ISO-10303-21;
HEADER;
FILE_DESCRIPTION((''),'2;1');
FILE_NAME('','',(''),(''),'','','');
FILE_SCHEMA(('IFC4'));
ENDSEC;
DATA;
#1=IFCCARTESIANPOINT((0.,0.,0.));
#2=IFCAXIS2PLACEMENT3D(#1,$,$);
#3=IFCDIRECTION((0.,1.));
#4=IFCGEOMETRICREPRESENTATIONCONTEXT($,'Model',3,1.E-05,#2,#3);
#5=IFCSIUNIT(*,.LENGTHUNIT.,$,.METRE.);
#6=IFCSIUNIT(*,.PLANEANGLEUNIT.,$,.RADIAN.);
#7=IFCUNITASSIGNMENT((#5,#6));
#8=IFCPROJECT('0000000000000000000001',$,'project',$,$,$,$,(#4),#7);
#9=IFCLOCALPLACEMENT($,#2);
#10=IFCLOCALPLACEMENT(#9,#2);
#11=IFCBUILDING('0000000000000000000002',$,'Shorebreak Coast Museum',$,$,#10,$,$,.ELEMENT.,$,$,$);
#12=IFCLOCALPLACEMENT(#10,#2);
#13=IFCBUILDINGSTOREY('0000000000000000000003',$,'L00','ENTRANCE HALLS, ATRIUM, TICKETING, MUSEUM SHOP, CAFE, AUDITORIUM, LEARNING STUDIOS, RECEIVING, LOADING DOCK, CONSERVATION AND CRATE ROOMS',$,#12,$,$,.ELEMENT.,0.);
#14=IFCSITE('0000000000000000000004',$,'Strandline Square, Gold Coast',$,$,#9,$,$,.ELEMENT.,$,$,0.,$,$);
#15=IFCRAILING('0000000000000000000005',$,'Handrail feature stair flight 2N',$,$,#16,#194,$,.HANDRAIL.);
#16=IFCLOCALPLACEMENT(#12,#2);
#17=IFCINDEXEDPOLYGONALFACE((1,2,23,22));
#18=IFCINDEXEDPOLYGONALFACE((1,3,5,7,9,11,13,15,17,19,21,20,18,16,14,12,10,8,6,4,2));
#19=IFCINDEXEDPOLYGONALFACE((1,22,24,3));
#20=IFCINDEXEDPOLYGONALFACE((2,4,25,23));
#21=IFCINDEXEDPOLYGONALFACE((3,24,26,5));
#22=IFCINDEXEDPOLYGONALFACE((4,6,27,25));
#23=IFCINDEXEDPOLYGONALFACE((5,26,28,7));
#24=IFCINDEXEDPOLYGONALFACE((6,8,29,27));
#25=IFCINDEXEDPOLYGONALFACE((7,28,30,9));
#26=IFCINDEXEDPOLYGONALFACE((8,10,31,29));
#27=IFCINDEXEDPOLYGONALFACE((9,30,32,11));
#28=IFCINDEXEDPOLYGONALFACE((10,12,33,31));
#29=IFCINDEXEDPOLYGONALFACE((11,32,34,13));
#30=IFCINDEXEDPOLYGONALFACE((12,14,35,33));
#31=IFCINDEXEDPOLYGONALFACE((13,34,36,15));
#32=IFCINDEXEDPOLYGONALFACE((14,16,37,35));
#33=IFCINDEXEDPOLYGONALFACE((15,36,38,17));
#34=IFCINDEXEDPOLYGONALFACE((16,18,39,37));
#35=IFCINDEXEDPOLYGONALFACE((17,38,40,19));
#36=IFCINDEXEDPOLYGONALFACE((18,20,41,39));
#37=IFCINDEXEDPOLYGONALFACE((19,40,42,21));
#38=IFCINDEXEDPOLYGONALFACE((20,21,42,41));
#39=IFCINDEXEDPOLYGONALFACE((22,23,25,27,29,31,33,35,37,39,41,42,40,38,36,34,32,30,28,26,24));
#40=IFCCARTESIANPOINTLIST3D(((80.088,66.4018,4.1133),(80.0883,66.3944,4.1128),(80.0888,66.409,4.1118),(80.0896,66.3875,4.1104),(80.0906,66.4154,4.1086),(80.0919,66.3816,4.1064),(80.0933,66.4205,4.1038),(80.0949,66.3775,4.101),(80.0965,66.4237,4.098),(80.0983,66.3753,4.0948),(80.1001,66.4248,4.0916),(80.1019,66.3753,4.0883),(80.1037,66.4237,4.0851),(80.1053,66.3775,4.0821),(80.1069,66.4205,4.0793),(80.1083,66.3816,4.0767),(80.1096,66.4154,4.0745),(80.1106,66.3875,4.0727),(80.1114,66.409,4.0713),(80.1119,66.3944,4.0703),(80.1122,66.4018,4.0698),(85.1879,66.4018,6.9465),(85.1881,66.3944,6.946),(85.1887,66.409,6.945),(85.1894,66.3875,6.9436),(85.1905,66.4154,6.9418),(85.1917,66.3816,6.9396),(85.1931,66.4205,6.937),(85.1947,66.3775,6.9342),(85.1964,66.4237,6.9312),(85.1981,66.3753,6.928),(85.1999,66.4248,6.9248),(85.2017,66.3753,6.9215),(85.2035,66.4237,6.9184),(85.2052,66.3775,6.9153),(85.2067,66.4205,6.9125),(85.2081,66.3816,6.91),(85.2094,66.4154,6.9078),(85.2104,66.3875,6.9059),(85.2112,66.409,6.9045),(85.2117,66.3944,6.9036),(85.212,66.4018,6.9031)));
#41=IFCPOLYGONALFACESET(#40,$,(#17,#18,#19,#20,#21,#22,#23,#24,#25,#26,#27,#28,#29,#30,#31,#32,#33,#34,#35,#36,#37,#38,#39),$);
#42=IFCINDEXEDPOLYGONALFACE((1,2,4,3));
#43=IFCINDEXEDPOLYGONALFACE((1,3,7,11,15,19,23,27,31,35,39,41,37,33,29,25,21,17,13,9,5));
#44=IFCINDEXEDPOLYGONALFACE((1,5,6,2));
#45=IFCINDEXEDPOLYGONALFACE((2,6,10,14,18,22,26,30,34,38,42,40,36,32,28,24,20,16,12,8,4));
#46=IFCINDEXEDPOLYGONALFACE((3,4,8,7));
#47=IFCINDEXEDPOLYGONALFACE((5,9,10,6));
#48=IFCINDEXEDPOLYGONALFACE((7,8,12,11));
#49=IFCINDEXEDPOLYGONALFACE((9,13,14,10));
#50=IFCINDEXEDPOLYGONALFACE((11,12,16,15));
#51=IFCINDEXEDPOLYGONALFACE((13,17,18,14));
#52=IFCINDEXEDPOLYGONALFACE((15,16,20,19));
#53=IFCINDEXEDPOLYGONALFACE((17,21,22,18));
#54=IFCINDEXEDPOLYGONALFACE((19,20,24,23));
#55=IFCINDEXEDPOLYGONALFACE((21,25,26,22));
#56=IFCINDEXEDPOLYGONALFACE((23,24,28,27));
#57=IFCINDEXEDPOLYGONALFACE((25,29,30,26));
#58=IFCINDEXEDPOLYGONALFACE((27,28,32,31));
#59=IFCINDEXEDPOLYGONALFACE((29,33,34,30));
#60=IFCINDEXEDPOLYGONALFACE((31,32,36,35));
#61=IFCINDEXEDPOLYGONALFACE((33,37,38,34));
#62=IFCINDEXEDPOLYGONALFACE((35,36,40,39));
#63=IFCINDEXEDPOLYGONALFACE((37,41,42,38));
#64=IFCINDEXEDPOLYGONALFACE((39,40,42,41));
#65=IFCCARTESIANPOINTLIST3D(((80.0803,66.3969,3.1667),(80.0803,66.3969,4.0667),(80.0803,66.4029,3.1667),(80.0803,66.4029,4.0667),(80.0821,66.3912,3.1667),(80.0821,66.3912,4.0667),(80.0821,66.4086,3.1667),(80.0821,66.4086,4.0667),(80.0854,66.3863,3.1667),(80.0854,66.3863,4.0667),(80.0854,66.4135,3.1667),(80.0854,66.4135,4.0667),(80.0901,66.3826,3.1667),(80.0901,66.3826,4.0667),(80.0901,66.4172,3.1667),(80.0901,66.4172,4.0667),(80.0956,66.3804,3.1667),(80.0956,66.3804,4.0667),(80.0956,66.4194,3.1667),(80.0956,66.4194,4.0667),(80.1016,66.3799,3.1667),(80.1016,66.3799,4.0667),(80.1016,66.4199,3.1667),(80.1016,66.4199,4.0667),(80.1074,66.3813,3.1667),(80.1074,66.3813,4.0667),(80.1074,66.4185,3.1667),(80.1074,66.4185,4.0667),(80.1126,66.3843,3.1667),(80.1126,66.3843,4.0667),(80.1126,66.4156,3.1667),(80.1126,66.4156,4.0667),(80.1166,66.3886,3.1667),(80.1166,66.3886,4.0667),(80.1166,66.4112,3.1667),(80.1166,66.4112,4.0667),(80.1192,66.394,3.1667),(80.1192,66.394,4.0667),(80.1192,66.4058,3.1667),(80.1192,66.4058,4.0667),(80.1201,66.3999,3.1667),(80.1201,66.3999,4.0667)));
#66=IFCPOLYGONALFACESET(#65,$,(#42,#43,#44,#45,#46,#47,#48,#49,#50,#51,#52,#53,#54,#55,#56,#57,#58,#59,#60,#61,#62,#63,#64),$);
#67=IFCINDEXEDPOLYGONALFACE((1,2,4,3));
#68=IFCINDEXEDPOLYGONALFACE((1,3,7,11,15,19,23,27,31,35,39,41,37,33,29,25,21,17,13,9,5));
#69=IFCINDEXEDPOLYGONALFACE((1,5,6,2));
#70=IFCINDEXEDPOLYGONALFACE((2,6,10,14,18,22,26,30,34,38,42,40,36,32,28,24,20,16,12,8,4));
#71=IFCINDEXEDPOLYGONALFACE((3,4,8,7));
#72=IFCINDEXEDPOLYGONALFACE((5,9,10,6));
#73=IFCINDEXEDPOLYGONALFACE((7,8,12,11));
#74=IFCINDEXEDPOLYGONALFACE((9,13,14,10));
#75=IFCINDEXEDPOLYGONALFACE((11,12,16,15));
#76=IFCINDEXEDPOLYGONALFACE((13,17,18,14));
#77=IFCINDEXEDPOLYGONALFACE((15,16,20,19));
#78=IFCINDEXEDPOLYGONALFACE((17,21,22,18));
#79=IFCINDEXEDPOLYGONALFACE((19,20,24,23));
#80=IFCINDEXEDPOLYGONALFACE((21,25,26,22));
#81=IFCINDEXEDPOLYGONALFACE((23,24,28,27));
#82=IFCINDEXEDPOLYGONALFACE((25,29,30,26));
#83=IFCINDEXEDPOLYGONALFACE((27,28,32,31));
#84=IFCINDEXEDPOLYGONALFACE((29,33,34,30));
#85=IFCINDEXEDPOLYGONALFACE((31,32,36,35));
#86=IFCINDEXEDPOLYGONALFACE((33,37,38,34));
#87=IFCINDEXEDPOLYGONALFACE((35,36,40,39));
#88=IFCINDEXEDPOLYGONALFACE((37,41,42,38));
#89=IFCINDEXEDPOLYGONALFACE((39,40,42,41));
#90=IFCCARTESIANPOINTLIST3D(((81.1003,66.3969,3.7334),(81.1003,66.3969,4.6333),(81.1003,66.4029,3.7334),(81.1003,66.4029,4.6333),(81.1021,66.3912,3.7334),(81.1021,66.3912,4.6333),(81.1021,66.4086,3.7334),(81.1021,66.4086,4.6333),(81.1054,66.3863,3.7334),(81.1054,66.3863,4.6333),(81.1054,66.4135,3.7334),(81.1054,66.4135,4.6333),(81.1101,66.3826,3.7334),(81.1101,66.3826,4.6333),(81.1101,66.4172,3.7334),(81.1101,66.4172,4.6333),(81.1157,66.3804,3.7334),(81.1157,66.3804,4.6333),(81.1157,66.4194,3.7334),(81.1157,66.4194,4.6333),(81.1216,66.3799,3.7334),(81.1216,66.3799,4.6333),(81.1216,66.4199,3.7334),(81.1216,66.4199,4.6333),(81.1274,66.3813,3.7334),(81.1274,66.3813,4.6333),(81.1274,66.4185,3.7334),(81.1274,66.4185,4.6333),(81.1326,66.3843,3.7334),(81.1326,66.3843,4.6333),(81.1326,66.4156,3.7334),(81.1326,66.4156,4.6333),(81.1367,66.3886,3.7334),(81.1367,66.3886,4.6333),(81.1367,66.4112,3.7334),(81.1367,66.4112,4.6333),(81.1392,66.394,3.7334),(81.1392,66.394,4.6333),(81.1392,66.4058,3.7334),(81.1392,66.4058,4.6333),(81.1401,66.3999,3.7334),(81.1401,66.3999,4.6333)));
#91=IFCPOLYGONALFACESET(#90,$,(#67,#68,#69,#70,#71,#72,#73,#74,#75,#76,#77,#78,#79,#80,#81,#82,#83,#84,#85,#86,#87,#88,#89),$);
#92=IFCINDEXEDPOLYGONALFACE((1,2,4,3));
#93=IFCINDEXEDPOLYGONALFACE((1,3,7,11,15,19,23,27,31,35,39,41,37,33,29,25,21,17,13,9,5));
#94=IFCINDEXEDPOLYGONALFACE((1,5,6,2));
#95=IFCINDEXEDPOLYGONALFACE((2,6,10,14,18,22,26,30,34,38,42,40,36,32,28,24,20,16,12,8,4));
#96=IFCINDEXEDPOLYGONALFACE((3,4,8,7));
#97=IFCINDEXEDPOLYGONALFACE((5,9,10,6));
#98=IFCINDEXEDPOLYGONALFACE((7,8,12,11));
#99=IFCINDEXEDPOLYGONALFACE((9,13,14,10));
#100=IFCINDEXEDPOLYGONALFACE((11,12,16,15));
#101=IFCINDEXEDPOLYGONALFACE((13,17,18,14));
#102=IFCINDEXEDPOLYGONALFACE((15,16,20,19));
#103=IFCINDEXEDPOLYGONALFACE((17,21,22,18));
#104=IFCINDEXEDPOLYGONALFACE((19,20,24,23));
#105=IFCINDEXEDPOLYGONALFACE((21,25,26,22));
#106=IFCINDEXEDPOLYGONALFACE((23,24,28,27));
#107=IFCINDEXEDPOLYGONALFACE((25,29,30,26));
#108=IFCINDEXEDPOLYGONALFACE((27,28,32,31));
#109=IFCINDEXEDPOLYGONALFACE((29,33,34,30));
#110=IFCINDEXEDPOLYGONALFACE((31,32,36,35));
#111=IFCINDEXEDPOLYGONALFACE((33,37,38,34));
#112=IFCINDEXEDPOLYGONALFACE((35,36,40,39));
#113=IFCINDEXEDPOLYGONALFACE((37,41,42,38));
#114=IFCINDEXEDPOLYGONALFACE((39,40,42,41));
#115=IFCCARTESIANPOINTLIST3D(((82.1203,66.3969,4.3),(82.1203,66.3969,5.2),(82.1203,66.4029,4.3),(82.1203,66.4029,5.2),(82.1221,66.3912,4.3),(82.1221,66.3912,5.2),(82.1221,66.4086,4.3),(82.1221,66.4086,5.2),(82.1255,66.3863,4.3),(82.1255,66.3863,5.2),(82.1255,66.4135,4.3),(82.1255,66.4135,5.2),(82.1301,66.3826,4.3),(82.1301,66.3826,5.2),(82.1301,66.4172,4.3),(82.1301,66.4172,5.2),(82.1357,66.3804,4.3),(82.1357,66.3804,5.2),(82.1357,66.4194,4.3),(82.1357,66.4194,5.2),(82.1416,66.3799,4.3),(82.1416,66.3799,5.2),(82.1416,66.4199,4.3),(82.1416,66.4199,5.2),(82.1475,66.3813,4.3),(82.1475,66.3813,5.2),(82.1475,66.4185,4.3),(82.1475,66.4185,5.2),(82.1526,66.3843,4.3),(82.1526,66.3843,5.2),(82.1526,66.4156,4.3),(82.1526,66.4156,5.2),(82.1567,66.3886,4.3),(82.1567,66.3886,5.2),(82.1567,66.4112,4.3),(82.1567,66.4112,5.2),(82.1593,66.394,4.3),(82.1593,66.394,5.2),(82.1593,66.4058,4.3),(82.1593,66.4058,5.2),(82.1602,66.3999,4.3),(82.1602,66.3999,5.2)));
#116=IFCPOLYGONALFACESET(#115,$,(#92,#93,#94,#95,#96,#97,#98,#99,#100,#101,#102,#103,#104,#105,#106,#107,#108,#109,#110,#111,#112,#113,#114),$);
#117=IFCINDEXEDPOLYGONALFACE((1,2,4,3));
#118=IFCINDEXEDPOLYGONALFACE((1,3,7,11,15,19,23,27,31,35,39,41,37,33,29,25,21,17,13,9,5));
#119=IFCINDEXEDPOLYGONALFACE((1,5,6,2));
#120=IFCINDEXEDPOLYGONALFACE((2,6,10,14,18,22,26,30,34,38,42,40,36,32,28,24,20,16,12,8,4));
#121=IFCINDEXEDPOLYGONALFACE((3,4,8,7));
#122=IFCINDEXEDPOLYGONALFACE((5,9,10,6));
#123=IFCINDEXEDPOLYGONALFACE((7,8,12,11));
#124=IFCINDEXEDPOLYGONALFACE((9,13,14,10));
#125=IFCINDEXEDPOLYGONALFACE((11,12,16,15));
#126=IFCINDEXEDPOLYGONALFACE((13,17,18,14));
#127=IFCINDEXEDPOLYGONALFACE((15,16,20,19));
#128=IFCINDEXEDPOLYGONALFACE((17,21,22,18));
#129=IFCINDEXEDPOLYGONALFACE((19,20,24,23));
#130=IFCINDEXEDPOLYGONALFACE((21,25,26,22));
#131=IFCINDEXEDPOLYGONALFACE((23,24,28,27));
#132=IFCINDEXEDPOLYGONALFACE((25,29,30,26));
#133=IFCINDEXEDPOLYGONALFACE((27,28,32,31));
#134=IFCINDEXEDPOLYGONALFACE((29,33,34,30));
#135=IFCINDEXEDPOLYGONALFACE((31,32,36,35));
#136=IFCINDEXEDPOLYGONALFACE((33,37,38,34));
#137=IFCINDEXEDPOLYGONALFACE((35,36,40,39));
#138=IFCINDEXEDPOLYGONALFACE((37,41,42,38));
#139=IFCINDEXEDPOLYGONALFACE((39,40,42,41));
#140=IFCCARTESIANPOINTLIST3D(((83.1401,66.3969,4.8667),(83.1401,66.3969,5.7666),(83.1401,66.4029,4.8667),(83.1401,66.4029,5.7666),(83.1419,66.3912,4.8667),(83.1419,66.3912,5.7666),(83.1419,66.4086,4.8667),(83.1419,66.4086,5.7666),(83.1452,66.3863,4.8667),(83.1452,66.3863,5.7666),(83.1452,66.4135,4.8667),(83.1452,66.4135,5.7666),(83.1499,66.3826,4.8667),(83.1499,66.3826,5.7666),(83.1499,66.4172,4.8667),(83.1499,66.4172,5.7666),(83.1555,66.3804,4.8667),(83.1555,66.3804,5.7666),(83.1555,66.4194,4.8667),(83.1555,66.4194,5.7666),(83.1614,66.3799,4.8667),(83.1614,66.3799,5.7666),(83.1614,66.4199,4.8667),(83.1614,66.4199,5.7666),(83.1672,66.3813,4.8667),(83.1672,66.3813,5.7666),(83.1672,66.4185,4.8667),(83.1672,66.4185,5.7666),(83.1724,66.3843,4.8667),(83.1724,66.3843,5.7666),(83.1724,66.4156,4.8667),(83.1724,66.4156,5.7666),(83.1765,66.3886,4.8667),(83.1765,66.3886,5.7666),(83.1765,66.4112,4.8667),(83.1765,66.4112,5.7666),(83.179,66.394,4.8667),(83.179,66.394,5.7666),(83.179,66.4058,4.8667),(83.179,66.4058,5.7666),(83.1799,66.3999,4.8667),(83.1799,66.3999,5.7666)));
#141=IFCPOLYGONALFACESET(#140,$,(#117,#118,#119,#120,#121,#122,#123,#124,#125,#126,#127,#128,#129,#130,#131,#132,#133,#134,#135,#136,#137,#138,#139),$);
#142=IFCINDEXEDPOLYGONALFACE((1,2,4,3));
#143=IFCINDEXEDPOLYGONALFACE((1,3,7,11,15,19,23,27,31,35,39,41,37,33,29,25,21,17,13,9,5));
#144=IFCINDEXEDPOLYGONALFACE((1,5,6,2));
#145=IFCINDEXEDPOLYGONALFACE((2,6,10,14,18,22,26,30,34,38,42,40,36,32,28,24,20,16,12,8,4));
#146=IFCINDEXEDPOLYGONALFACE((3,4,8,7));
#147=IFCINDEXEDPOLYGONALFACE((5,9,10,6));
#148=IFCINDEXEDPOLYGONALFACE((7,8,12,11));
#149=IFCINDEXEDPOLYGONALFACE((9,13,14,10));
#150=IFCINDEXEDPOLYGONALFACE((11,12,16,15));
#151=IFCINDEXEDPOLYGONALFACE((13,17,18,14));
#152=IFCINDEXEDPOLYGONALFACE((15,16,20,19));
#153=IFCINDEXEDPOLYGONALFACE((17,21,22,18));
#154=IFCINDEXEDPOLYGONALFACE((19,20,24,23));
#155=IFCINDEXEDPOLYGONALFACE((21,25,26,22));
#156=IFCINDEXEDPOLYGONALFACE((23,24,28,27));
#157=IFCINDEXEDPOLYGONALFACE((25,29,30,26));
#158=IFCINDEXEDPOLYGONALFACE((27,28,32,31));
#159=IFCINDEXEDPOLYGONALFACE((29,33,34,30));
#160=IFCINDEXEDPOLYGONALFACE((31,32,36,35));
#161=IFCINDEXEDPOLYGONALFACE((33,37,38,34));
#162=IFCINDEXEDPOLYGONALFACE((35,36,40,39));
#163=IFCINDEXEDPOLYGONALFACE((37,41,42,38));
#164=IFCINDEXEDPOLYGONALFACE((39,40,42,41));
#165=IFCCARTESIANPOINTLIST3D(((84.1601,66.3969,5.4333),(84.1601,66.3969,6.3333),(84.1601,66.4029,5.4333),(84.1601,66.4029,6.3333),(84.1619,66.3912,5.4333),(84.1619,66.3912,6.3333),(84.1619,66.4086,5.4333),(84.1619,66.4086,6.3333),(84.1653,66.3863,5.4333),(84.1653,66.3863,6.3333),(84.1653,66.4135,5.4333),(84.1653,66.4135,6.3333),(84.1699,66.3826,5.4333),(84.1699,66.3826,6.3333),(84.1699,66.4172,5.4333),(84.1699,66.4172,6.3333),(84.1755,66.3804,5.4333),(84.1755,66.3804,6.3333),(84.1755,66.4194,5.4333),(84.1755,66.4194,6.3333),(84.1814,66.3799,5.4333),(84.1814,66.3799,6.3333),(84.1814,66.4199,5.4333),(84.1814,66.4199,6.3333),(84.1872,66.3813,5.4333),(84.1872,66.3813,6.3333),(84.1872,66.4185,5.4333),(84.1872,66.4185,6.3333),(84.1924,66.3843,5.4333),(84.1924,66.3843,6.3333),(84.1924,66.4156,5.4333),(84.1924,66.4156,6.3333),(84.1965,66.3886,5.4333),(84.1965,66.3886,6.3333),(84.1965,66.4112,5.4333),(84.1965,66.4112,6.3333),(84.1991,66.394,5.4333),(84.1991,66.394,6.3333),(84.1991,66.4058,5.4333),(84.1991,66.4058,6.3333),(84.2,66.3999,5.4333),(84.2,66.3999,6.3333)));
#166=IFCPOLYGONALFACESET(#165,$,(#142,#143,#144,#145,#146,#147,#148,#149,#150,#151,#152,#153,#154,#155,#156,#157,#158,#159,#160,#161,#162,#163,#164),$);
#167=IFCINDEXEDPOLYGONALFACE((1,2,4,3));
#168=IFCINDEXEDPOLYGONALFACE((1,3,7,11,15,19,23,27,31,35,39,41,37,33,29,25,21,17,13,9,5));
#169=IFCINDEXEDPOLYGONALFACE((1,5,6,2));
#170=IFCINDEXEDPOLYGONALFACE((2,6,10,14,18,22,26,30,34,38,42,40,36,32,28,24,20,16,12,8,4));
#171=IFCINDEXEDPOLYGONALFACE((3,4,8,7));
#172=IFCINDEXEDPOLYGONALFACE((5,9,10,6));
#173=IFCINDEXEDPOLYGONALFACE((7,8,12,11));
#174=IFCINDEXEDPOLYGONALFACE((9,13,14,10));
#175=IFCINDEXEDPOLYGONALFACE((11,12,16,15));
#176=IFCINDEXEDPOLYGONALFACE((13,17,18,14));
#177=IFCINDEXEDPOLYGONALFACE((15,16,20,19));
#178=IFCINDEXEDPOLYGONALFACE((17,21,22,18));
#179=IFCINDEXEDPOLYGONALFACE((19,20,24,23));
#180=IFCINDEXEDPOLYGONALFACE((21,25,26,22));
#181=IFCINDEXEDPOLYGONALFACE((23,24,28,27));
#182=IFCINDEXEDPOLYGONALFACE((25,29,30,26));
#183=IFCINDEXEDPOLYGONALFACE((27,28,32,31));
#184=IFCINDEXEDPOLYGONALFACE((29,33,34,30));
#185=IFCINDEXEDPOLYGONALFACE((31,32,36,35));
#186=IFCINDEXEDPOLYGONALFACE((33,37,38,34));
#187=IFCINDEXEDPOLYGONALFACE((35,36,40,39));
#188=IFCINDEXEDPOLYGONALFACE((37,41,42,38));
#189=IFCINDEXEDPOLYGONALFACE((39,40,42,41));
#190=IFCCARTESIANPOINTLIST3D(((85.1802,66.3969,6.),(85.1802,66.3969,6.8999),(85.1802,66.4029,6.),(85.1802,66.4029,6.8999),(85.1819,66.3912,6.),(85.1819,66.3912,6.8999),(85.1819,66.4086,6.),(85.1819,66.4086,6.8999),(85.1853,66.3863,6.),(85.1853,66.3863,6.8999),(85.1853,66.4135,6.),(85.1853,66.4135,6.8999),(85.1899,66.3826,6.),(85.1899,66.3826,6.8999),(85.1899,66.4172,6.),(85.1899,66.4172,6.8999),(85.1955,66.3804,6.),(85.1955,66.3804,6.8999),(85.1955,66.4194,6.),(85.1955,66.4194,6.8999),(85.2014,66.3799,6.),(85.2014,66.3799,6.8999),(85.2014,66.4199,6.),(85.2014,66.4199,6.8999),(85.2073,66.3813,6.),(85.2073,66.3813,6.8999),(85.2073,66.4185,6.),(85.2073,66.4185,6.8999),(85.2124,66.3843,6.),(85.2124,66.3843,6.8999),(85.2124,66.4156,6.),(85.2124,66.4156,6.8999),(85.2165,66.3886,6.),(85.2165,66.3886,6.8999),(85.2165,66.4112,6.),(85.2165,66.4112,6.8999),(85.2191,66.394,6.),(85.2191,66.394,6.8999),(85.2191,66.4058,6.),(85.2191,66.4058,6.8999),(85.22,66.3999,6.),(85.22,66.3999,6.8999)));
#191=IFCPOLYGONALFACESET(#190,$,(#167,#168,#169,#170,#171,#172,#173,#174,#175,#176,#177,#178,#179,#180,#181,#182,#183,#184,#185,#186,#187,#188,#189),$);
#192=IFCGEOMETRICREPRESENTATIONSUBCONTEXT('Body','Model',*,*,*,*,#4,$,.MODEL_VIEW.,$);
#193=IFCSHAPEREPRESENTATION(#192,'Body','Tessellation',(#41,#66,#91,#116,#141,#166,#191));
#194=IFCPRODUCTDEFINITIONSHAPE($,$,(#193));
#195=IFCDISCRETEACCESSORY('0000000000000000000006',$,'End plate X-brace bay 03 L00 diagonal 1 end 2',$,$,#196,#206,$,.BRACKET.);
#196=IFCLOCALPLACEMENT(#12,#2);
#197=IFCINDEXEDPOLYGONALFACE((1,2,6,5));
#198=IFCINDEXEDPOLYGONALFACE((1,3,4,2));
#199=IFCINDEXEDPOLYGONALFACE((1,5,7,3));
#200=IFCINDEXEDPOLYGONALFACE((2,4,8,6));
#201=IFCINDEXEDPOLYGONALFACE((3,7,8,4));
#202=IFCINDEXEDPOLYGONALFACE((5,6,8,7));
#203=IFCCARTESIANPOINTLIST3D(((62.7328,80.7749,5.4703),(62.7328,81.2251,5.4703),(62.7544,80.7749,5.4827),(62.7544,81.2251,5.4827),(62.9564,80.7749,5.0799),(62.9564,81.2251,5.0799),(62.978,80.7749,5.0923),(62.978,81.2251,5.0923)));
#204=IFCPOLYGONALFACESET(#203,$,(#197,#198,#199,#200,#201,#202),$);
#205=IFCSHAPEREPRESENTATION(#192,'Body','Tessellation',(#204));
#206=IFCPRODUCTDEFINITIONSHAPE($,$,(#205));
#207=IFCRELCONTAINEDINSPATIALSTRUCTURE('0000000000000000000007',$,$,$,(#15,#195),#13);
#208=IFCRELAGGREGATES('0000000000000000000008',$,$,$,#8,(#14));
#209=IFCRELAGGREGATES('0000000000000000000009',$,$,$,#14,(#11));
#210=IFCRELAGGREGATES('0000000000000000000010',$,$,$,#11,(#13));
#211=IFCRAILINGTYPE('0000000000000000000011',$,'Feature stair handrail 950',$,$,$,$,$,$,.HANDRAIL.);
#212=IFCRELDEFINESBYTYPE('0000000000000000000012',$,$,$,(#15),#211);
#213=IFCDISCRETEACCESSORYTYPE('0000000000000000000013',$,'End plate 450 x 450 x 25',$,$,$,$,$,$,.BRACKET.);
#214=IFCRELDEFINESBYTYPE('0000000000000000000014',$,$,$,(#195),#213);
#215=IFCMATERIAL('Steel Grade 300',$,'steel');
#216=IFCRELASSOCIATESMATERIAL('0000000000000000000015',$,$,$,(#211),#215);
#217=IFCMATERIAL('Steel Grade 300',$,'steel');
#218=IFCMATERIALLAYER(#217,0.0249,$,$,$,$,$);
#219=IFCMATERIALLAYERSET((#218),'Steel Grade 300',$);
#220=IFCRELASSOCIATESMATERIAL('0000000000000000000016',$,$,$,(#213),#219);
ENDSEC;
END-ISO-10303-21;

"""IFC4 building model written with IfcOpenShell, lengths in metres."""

from ifc_helpers import new_model, si_unit, direction, frame, origin, origin_2d, place, context, subcontext, project, spatial, polyline, circle, outline, extrude, material, layer, layer_set, type_object, element, save


model = new_model("IFC4")

# Units and contexts
model_context = context("Model", 3, precision=1e-05, world=origin(), true_north=direction((0.0, 1.0)))
body_context = subcontext(model_context, "Body", "Model", "MODEL_VIEW")
ifc_project = project(units=[si_unit("LENGTHUNIT", "METRE"), si_unit("PLANEANGLEUNIT", "RADIAN")], contexts=[model_context])

# Site, building, storey
site_placement = place(None, origin())
site = spatial("IfcSite", under=ifc_project, at=site_placement, Name="Strandline Square, Gold Coast", CompositionType="ELEMENT", RefElevation=0.0)
building_placement = place(site_placement, origin())
building = spatial("IfcBuilding", under=site, at=building_placement, Name="Shorebreak Coast Museum", CompositionType="ELEMENT")
storey_placement = place(building_placement, origin())
storey = spatial("IfcBuildingStorey", under=building, at=storey_placement, Name="L00", Description="ENTRANCE HALLS, ATRIUM, TICKETING, MUSEUM SHOP, CAFE, AUDITORIUM, LEARNING STUDIOS, RECEIVING, LOADING DOCK, CONSERVATION AND CRATE ROOMS", CompositionType="ELEMENT", Elevation=0.0)

# Railing
ifc_material_1 = material(Name="Steel Grade 300", Category="steel")
railing_type_1 = type_object("IfcRailingType", Name="Feature stair handrail 950", PredefinedType="HANDRAIL", material=ifc_material_1)
railing_1_placement = place(storey_placement, frame((80.1001, 66.3999, 3.1667)))
element("IfcRailing", 1, at=railing_1_placement, inside=storey, type_object=railing_type_1, Name="Handrail feature stair flight 2N", PredefinedType="HANDRAIL", context=body_context, shape_type="SweptSolid", body=[
    extrude(circle(Radius=0.0249, at=origin_2d()), frame((0.0, 0.0, 0.9248), z_axis=(0.874157, 0.0, 0.485643), x_axis=(0.0, 1.0, 0.0)), (0.0, 0.0, 1.0), 5.834),
    extrude(circle(Radius=0.02, at=origin_2d()), origin(), (0.0, 0.0, 1.0), 0.8999),
    extrude(circle(Radius=0.02, at=origin_2d()), frame((1.02, 0.0, 0.5667)), (0.0, 0.0, 1.0), 0.8999),
    extrude(circle(Radius=0.02, at=origin_2d()), frame((2.04, 0.0, 1.1333)), (0.0, 0.0, 1.0), 0.8999),
    extrude(circle(Radius=0.02, at=origin_2d()), frame((3.0598, 0.0, 1.7)), (0.0, 0.0, 1.0), 0.8999),
    extrude(circle(Radius=0.02, at=origin_2d()), frame((4.0798, 0.0, 2.2666)), (0.0, 0.0, 1.0), 0.8999),
    extrude(circle(Radius=0.02, at=origin_2d()), frame((5.0999, 0.0, 2.8333)), (0.0, 0.0, 1.0), 0.8999),
])

# Discrete accessory
ifc_material_2 = material(Name="Steel Grade 300", Category="steel")
ifc_layer_1 = layer(ifc_material_2, 0.0249)
ifc_layer_set_1 = layer_set([ifc_layer_1], Name="Steel Grade 300")
discrete_accessory_type = type_object("IfcDiscreteAccessoryType", Name="End plate 450 x 450 x 25", PredefinedType="BRACKET", material=ifc_layer_set_1)
discrete_accessory_placement = place(storey_placement, frame((62.978, 80.7749, 5.0923), z_axis=(0.867708, 0.0, 0.497074), x_axis=(0.0, 1.0, 0.0)))
element("IfcDiscreteAccessory", 2, at=discrete_accessory_placement, inside=storey, type_object=discrete_accessory_type, Name="End plate X-brace bay 03 L00 diagonal 1 end 2", PredefinedType="BRACKET", context=body_context, shape_type="SweptSolid", body=[
    extrude(outline(polyline([(0.0, 0.0), (0.4502, 0.0), (0.4502, 0.4499), (0.0, 0.4499), (0.0, 0.0)])), origin(), (0.0, 0.0, -1.0), 0.0249),
])

save(model, "model.ifc")
